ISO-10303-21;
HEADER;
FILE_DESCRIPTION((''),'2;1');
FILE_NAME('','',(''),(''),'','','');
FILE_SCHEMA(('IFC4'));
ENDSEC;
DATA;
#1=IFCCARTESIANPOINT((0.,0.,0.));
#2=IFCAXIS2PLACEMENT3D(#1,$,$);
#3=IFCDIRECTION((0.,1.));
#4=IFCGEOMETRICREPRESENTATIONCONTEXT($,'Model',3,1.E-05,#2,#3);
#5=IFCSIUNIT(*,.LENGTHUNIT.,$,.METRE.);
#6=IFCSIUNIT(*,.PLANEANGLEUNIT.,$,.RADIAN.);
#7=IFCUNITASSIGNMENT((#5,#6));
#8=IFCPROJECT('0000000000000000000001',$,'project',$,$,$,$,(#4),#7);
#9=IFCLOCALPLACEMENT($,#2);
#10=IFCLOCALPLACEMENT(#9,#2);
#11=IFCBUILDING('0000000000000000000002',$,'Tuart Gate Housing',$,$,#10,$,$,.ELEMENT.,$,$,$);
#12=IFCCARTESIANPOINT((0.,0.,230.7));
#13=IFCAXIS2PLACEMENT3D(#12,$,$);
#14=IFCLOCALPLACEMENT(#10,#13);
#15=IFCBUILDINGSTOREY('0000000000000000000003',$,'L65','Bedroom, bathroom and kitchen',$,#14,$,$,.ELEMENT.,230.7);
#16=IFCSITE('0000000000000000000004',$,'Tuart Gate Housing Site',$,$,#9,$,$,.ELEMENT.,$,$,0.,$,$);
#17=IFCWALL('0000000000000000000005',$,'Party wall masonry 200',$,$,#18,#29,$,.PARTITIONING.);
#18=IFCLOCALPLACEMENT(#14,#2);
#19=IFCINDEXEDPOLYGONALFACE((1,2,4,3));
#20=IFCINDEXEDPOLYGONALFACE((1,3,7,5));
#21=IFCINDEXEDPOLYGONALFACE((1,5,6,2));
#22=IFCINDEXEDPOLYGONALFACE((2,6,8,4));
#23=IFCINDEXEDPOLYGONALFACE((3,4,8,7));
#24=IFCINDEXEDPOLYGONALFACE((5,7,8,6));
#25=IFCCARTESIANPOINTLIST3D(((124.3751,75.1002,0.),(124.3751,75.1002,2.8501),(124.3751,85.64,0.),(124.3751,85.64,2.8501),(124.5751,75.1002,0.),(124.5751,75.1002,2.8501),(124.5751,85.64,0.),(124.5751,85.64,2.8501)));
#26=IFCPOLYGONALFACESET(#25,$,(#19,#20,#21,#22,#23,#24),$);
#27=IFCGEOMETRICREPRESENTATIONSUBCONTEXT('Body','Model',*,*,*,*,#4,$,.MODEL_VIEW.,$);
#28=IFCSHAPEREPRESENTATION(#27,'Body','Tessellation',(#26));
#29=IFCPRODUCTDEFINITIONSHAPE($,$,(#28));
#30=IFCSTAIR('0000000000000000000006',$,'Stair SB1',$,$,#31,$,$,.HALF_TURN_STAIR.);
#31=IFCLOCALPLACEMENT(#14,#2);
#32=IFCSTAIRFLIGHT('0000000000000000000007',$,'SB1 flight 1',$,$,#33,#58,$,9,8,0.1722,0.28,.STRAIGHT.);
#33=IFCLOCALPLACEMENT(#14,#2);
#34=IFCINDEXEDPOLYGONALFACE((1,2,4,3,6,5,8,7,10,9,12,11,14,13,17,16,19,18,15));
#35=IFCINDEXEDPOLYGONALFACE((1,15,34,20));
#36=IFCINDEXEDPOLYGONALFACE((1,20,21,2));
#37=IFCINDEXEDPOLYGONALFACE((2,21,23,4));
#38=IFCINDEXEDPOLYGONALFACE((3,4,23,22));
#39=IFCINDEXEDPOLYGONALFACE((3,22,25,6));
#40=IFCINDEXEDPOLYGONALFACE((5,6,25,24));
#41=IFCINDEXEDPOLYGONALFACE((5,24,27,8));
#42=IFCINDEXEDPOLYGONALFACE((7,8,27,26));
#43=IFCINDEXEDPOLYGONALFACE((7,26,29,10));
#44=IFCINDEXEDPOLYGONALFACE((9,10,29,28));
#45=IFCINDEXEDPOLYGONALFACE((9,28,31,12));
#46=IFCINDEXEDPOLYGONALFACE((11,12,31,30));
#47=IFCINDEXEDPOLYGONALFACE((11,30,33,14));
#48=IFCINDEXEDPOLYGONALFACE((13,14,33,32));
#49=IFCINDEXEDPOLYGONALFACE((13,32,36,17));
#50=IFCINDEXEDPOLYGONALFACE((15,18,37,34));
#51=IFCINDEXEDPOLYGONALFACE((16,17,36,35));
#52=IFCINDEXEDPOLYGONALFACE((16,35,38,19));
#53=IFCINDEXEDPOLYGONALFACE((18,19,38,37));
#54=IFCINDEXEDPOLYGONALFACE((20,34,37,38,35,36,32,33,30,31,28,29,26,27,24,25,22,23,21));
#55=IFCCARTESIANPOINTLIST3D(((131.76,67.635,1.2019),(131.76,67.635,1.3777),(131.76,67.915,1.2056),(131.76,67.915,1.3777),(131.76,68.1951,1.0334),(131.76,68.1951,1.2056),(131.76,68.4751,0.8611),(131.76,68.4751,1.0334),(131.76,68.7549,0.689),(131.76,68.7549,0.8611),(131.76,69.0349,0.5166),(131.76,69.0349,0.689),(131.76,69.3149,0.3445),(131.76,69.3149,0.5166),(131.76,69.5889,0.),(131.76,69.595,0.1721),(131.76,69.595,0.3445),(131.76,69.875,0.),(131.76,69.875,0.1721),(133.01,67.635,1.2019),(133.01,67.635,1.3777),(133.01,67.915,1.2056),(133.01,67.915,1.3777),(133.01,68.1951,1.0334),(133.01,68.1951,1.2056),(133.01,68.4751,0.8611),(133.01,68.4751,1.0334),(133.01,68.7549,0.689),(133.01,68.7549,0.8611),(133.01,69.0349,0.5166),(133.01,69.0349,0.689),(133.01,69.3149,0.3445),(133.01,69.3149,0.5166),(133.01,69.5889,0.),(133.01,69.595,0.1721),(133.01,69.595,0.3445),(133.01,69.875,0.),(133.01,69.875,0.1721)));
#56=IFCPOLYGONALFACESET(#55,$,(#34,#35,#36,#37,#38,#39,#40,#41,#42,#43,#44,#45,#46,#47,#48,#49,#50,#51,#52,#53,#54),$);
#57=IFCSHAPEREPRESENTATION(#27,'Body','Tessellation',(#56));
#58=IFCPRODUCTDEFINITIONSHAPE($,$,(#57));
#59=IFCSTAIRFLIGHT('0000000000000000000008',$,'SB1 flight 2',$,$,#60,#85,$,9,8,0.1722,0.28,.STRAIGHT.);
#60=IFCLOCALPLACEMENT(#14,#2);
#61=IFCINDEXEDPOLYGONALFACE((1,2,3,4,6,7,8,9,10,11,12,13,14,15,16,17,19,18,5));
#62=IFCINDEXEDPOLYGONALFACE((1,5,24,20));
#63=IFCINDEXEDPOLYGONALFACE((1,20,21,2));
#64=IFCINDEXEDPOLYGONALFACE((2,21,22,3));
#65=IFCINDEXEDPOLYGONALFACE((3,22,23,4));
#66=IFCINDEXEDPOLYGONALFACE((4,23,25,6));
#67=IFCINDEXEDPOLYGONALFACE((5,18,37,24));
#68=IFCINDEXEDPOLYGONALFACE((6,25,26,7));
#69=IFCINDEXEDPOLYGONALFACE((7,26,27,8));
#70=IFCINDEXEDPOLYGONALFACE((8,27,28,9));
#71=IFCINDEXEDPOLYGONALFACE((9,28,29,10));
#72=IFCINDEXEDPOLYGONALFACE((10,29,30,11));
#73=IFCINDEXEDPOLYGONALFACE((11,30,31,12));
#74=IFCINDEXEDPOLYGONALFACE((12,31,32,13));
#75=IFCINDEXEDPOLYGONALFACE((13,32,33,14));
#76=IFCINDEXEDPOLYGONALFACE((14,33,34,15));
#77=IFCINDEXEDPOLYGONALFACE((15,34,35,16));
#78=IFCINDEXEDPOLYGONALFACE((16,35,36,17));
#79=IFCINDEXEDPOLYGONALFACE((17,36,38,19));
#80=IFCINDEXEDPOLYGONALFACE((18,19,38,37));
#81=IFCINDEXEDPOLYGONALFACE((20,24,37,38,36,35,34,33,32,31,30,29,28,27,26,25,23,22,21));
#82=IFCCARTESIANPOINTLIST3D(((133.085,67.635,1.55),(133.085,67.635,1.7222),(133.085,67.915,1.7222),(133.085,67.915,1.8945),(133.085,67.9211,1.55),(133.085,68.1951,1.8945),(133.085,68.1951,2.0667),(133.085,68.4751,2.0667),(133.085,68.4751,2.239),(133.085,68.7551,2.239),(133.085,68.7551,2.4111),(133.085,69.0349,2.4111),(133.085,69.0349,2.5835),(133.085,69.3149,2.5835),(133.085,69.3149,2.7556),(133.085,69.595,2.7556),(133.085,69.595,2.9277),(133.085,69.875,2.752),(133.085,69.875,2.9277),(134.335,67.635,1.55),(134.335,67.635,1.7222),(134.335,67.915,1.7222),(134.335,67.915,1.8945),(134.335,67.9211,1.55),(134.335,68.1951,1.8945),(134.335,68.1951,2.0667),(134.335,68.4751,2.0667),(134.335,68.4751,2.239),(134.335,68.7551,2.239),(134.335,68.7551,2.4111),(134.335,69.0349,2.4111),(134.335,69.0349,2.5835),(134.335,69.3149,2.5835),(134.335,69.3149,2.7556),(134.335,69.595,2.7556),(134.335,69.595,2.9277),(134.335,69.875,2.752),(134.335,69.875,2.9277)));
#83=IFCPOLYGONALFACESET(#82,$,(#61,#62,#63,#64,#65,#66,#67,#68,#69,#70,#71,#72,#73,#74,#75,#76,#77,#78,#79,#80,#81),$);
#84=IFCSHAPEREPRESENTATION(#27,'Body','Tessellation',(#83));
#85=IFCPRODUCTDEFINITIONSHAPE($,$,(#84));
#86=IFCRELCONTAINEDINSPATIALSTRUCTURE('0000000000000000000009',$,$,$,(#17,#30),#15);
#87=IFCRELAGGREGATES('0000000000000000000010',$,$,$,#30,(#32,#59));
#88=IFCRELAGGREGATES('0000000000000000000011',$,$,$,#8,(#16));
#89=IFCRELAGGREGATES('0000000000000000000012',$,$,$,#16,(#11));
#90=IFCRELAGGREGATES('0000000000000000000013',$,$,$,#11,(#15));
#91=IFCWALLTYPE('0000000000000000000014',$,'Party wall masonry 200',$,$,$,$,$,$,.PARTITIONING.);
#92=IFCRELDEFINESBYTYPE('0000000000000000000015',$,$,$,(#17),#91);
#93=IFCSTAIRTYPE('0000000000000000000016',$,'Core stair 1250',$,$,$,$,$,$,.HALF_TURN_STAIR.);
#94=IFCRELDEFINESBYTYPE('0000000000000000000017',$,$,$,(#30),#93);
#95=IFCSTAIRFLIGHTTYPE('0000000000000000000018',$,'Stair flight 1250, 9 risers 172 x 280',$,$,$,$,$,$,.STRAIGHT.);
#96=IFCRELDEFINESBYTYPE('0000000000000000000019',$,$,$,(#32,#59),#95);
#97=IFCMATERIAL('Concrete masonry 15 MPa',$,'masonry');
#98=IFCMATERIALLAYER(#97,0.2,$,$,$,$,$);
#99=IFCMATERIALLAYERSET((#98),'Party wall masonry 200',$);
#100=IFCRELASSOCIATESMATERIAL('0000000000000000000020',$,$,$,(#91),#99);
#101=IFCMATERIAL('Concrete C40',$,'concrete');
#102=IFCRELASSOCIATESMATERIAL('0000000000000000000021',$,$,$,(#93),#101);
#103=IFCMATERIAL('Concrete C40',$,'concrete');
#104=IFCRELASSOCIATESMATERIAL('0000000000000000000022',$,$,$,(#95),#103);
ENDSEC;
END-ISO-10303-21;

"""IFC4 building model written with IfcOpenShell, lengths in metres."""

from ifc_helpers import new_model, si_unit, direction, frame, frame_2d, origin, place, context, subcontext, project, spatial, polyline, rectangle, outline, extrude, material, layer, layer_set, type_object, element, aggregate, save


model = new_model("IFC4")

# Units and contexts
model_context = context("Model", 3, precision=1e-05, world=origin(), true_north=direction((0.0, 1.0)))
body_context = subcontext(model_context, "Body", "Model", "MODEL_VIEW")
ifc_project = project(units=[si_unit("LENGTHUNIT", "METRE"), si_unit("PLANEANGLEUNIT", "RADIAN")], contexts=[model_context])

# Site, building, storey
site_placement = place(None, origin())
site = spatial("IfcSite", under=ifc_project, at=site_placement, Name="Tuart Gate Housing Site", CompositionType="ELEMENT", RefElevation=0.0)
building_placement = place(site_placement, origin())
building = spatial("IfcBuilding", under=site, at=building_placement, Name="Tuart Gate Housing", CompositionType="ELEMENT")
storey_placement = place(building_placement, frame((0.0, 0.0, 230.7)))
storey = spatial("IfcBuildingStorey", under=building, at=storey_placement, Name="L65", Description="Bedroom, bathroom and kitchen", CompositionType="ELEMENT", Elevation=230.7)

# Wall
ifc_material_1 = material(Name="Concrete masonry 15 MPa", Category="masonry")
ifc_layer_1 = layer(ifc_material_1, 0.2)
ifc_layer_set_1 = layer_set([ifc_layer_1], Name="Party wall masonry 200")
wall_type_1 = type_object("IfcWallType", Name="Party wall masonry 200", PredefinedType="PARTITIONING", material=ifc_layer_set_1)
wall_1_placement = place(storey_placement, frame((124.4751, 75.1001, 0.0), z_axis=(0.0, 0.0, 1.0), x_axis=(0.0, 1.0, 0.0)))
element("IfcWall", 1, at=wall_1_placement, inside=storey, type_object=wall_type_1, Name="Party wall masonry 200", PredefinedType="PARTITIONING", context=body_context, shape_type="SweptSolid", body=[
    extrude(rectangle(XDim=10.5398, YDim=0.2, at=frame_2d((5.27, 0.0))), origin(), (0.0, 0.0, 1.0), 2.8501),
])

# Stair, stair flights
ifc_material_2 = material(Name="Concrete C40", Category="concrete")
stair_type = type_object("IfcStairType", Name="Core stair 1250", PredefinedType="HALF_TURN_STAIR", material=ifc_material_2)
stair_placement = place(storey_placement, origin())
stair = element("IfcStair", 2, at=stair_placement, inside=storey, type_object=stair_type, Name="Stair SB1", PredefinedType="HALF_TURN_STAIR")
ifc_material_3 = material(Name="Concrete C40", Category="concrete")
stair_flight_type = type_object("IfcStairFlightType", Name="Stair flight 1250, 9 risers 172 x 280", PredefinedType="STRAIGHT", material=ifc_material_3)
stair_flight_1_placement = place(storey_placement, frame((132.385, 69.875, 0.0), z_axis=(0.0, 0.0, 1.0), x_axis=(0.0, -1.0, 0.0)))
stair_flight_1 = element("IfcStairFlight", 3, at=stair_flight_1_placement, type_object=stair_flight_type, Name="SB1 flight 1", NumberOfRisers=9, NumberOfTreads=8, PredefinedType="STRAIGHT", RiserHeight=0.1722, TreadLength=0.28, context=body_context, shape_type="SweptSolid", body=[
    extrude(outline(polyline([(0.0, 0.0), (0.0, 0.1721), (0.28, 0.1721), (0.28, 0.3445), (0.5601, 0.3445), (0.5601, 0.5166), (0.8401, 0.5166), (0.8401, 0.689), (1.1201, 0.689), (1.1201, 0.8611), (1.3999, 0.8611), (1.3999, 1.0334), (1.6799, 1.0334), (1.6799, 1.2056), (1.96, 1.2056), (1.96, 1.3777), (2.24, 1.3777), (2.24, 1.55), (2.24, 1.2019), (0.2861, 0.0), (0.0, 0.0)])), frame((0.0, 0.625, 0.0), z_axis=(0.0, -1.0, 0.0), x_axis=(1.0, 0.0, 0.0)), (0.0, 0.0, 1.0), 1.25),
])
stair_flight_2_placement = place(storey_placement, frame((133.71, 67.635, 1.55), z_axis=(0.0, 0.0, 1.0), x_axis=(0.0, 1.0, 0.0)))
stair_flight_2 = element("IfcStairFlight", 4, at=stair_flight_2_placement, type_object=stair_flight_type, Name="SB1 flight 2", NumberOfRisers=9, NumberOfTreads=8, PredefinedType="STRAIGHT", RiserHeight=0.1722, TreadLength=0.28, context=body_context, shape_type="SweptSolid", body=[
    extrude(outline(polyline([(0.0, 0.0), (0.0, 0.1721), (0.28, 0.1721), (0.28, 0.3445), (0.5601, 0.3445), (0.5601, 0.5166), (0.8401, 0.5166), (0.8401, 0.689), (1.1201, 0.689), (1.1201, 0.8611), (1.3999, 0.8611), (1.3999, 1.0334), (1.6799, 1.0334), (1.6799, 1.2056), (1.96, 1.2056), (1.96, 1.3777), (2.24, 1.3777), (2.24, 1.55), (2.24, 1.2019), (0.2861, 0.0), (0.0, 0.0)])), frame((0.0, 0.625, 0.0), z_axis=(0.0, -1.0, 0.0), x_axis=(1.0, 0.0, 0.0)), (0.0, 0.0, 1.0), 1.25),
])
aggregate(stair, [stair_flight_1, stair_flight_2])

save(model, "model.ifc")
